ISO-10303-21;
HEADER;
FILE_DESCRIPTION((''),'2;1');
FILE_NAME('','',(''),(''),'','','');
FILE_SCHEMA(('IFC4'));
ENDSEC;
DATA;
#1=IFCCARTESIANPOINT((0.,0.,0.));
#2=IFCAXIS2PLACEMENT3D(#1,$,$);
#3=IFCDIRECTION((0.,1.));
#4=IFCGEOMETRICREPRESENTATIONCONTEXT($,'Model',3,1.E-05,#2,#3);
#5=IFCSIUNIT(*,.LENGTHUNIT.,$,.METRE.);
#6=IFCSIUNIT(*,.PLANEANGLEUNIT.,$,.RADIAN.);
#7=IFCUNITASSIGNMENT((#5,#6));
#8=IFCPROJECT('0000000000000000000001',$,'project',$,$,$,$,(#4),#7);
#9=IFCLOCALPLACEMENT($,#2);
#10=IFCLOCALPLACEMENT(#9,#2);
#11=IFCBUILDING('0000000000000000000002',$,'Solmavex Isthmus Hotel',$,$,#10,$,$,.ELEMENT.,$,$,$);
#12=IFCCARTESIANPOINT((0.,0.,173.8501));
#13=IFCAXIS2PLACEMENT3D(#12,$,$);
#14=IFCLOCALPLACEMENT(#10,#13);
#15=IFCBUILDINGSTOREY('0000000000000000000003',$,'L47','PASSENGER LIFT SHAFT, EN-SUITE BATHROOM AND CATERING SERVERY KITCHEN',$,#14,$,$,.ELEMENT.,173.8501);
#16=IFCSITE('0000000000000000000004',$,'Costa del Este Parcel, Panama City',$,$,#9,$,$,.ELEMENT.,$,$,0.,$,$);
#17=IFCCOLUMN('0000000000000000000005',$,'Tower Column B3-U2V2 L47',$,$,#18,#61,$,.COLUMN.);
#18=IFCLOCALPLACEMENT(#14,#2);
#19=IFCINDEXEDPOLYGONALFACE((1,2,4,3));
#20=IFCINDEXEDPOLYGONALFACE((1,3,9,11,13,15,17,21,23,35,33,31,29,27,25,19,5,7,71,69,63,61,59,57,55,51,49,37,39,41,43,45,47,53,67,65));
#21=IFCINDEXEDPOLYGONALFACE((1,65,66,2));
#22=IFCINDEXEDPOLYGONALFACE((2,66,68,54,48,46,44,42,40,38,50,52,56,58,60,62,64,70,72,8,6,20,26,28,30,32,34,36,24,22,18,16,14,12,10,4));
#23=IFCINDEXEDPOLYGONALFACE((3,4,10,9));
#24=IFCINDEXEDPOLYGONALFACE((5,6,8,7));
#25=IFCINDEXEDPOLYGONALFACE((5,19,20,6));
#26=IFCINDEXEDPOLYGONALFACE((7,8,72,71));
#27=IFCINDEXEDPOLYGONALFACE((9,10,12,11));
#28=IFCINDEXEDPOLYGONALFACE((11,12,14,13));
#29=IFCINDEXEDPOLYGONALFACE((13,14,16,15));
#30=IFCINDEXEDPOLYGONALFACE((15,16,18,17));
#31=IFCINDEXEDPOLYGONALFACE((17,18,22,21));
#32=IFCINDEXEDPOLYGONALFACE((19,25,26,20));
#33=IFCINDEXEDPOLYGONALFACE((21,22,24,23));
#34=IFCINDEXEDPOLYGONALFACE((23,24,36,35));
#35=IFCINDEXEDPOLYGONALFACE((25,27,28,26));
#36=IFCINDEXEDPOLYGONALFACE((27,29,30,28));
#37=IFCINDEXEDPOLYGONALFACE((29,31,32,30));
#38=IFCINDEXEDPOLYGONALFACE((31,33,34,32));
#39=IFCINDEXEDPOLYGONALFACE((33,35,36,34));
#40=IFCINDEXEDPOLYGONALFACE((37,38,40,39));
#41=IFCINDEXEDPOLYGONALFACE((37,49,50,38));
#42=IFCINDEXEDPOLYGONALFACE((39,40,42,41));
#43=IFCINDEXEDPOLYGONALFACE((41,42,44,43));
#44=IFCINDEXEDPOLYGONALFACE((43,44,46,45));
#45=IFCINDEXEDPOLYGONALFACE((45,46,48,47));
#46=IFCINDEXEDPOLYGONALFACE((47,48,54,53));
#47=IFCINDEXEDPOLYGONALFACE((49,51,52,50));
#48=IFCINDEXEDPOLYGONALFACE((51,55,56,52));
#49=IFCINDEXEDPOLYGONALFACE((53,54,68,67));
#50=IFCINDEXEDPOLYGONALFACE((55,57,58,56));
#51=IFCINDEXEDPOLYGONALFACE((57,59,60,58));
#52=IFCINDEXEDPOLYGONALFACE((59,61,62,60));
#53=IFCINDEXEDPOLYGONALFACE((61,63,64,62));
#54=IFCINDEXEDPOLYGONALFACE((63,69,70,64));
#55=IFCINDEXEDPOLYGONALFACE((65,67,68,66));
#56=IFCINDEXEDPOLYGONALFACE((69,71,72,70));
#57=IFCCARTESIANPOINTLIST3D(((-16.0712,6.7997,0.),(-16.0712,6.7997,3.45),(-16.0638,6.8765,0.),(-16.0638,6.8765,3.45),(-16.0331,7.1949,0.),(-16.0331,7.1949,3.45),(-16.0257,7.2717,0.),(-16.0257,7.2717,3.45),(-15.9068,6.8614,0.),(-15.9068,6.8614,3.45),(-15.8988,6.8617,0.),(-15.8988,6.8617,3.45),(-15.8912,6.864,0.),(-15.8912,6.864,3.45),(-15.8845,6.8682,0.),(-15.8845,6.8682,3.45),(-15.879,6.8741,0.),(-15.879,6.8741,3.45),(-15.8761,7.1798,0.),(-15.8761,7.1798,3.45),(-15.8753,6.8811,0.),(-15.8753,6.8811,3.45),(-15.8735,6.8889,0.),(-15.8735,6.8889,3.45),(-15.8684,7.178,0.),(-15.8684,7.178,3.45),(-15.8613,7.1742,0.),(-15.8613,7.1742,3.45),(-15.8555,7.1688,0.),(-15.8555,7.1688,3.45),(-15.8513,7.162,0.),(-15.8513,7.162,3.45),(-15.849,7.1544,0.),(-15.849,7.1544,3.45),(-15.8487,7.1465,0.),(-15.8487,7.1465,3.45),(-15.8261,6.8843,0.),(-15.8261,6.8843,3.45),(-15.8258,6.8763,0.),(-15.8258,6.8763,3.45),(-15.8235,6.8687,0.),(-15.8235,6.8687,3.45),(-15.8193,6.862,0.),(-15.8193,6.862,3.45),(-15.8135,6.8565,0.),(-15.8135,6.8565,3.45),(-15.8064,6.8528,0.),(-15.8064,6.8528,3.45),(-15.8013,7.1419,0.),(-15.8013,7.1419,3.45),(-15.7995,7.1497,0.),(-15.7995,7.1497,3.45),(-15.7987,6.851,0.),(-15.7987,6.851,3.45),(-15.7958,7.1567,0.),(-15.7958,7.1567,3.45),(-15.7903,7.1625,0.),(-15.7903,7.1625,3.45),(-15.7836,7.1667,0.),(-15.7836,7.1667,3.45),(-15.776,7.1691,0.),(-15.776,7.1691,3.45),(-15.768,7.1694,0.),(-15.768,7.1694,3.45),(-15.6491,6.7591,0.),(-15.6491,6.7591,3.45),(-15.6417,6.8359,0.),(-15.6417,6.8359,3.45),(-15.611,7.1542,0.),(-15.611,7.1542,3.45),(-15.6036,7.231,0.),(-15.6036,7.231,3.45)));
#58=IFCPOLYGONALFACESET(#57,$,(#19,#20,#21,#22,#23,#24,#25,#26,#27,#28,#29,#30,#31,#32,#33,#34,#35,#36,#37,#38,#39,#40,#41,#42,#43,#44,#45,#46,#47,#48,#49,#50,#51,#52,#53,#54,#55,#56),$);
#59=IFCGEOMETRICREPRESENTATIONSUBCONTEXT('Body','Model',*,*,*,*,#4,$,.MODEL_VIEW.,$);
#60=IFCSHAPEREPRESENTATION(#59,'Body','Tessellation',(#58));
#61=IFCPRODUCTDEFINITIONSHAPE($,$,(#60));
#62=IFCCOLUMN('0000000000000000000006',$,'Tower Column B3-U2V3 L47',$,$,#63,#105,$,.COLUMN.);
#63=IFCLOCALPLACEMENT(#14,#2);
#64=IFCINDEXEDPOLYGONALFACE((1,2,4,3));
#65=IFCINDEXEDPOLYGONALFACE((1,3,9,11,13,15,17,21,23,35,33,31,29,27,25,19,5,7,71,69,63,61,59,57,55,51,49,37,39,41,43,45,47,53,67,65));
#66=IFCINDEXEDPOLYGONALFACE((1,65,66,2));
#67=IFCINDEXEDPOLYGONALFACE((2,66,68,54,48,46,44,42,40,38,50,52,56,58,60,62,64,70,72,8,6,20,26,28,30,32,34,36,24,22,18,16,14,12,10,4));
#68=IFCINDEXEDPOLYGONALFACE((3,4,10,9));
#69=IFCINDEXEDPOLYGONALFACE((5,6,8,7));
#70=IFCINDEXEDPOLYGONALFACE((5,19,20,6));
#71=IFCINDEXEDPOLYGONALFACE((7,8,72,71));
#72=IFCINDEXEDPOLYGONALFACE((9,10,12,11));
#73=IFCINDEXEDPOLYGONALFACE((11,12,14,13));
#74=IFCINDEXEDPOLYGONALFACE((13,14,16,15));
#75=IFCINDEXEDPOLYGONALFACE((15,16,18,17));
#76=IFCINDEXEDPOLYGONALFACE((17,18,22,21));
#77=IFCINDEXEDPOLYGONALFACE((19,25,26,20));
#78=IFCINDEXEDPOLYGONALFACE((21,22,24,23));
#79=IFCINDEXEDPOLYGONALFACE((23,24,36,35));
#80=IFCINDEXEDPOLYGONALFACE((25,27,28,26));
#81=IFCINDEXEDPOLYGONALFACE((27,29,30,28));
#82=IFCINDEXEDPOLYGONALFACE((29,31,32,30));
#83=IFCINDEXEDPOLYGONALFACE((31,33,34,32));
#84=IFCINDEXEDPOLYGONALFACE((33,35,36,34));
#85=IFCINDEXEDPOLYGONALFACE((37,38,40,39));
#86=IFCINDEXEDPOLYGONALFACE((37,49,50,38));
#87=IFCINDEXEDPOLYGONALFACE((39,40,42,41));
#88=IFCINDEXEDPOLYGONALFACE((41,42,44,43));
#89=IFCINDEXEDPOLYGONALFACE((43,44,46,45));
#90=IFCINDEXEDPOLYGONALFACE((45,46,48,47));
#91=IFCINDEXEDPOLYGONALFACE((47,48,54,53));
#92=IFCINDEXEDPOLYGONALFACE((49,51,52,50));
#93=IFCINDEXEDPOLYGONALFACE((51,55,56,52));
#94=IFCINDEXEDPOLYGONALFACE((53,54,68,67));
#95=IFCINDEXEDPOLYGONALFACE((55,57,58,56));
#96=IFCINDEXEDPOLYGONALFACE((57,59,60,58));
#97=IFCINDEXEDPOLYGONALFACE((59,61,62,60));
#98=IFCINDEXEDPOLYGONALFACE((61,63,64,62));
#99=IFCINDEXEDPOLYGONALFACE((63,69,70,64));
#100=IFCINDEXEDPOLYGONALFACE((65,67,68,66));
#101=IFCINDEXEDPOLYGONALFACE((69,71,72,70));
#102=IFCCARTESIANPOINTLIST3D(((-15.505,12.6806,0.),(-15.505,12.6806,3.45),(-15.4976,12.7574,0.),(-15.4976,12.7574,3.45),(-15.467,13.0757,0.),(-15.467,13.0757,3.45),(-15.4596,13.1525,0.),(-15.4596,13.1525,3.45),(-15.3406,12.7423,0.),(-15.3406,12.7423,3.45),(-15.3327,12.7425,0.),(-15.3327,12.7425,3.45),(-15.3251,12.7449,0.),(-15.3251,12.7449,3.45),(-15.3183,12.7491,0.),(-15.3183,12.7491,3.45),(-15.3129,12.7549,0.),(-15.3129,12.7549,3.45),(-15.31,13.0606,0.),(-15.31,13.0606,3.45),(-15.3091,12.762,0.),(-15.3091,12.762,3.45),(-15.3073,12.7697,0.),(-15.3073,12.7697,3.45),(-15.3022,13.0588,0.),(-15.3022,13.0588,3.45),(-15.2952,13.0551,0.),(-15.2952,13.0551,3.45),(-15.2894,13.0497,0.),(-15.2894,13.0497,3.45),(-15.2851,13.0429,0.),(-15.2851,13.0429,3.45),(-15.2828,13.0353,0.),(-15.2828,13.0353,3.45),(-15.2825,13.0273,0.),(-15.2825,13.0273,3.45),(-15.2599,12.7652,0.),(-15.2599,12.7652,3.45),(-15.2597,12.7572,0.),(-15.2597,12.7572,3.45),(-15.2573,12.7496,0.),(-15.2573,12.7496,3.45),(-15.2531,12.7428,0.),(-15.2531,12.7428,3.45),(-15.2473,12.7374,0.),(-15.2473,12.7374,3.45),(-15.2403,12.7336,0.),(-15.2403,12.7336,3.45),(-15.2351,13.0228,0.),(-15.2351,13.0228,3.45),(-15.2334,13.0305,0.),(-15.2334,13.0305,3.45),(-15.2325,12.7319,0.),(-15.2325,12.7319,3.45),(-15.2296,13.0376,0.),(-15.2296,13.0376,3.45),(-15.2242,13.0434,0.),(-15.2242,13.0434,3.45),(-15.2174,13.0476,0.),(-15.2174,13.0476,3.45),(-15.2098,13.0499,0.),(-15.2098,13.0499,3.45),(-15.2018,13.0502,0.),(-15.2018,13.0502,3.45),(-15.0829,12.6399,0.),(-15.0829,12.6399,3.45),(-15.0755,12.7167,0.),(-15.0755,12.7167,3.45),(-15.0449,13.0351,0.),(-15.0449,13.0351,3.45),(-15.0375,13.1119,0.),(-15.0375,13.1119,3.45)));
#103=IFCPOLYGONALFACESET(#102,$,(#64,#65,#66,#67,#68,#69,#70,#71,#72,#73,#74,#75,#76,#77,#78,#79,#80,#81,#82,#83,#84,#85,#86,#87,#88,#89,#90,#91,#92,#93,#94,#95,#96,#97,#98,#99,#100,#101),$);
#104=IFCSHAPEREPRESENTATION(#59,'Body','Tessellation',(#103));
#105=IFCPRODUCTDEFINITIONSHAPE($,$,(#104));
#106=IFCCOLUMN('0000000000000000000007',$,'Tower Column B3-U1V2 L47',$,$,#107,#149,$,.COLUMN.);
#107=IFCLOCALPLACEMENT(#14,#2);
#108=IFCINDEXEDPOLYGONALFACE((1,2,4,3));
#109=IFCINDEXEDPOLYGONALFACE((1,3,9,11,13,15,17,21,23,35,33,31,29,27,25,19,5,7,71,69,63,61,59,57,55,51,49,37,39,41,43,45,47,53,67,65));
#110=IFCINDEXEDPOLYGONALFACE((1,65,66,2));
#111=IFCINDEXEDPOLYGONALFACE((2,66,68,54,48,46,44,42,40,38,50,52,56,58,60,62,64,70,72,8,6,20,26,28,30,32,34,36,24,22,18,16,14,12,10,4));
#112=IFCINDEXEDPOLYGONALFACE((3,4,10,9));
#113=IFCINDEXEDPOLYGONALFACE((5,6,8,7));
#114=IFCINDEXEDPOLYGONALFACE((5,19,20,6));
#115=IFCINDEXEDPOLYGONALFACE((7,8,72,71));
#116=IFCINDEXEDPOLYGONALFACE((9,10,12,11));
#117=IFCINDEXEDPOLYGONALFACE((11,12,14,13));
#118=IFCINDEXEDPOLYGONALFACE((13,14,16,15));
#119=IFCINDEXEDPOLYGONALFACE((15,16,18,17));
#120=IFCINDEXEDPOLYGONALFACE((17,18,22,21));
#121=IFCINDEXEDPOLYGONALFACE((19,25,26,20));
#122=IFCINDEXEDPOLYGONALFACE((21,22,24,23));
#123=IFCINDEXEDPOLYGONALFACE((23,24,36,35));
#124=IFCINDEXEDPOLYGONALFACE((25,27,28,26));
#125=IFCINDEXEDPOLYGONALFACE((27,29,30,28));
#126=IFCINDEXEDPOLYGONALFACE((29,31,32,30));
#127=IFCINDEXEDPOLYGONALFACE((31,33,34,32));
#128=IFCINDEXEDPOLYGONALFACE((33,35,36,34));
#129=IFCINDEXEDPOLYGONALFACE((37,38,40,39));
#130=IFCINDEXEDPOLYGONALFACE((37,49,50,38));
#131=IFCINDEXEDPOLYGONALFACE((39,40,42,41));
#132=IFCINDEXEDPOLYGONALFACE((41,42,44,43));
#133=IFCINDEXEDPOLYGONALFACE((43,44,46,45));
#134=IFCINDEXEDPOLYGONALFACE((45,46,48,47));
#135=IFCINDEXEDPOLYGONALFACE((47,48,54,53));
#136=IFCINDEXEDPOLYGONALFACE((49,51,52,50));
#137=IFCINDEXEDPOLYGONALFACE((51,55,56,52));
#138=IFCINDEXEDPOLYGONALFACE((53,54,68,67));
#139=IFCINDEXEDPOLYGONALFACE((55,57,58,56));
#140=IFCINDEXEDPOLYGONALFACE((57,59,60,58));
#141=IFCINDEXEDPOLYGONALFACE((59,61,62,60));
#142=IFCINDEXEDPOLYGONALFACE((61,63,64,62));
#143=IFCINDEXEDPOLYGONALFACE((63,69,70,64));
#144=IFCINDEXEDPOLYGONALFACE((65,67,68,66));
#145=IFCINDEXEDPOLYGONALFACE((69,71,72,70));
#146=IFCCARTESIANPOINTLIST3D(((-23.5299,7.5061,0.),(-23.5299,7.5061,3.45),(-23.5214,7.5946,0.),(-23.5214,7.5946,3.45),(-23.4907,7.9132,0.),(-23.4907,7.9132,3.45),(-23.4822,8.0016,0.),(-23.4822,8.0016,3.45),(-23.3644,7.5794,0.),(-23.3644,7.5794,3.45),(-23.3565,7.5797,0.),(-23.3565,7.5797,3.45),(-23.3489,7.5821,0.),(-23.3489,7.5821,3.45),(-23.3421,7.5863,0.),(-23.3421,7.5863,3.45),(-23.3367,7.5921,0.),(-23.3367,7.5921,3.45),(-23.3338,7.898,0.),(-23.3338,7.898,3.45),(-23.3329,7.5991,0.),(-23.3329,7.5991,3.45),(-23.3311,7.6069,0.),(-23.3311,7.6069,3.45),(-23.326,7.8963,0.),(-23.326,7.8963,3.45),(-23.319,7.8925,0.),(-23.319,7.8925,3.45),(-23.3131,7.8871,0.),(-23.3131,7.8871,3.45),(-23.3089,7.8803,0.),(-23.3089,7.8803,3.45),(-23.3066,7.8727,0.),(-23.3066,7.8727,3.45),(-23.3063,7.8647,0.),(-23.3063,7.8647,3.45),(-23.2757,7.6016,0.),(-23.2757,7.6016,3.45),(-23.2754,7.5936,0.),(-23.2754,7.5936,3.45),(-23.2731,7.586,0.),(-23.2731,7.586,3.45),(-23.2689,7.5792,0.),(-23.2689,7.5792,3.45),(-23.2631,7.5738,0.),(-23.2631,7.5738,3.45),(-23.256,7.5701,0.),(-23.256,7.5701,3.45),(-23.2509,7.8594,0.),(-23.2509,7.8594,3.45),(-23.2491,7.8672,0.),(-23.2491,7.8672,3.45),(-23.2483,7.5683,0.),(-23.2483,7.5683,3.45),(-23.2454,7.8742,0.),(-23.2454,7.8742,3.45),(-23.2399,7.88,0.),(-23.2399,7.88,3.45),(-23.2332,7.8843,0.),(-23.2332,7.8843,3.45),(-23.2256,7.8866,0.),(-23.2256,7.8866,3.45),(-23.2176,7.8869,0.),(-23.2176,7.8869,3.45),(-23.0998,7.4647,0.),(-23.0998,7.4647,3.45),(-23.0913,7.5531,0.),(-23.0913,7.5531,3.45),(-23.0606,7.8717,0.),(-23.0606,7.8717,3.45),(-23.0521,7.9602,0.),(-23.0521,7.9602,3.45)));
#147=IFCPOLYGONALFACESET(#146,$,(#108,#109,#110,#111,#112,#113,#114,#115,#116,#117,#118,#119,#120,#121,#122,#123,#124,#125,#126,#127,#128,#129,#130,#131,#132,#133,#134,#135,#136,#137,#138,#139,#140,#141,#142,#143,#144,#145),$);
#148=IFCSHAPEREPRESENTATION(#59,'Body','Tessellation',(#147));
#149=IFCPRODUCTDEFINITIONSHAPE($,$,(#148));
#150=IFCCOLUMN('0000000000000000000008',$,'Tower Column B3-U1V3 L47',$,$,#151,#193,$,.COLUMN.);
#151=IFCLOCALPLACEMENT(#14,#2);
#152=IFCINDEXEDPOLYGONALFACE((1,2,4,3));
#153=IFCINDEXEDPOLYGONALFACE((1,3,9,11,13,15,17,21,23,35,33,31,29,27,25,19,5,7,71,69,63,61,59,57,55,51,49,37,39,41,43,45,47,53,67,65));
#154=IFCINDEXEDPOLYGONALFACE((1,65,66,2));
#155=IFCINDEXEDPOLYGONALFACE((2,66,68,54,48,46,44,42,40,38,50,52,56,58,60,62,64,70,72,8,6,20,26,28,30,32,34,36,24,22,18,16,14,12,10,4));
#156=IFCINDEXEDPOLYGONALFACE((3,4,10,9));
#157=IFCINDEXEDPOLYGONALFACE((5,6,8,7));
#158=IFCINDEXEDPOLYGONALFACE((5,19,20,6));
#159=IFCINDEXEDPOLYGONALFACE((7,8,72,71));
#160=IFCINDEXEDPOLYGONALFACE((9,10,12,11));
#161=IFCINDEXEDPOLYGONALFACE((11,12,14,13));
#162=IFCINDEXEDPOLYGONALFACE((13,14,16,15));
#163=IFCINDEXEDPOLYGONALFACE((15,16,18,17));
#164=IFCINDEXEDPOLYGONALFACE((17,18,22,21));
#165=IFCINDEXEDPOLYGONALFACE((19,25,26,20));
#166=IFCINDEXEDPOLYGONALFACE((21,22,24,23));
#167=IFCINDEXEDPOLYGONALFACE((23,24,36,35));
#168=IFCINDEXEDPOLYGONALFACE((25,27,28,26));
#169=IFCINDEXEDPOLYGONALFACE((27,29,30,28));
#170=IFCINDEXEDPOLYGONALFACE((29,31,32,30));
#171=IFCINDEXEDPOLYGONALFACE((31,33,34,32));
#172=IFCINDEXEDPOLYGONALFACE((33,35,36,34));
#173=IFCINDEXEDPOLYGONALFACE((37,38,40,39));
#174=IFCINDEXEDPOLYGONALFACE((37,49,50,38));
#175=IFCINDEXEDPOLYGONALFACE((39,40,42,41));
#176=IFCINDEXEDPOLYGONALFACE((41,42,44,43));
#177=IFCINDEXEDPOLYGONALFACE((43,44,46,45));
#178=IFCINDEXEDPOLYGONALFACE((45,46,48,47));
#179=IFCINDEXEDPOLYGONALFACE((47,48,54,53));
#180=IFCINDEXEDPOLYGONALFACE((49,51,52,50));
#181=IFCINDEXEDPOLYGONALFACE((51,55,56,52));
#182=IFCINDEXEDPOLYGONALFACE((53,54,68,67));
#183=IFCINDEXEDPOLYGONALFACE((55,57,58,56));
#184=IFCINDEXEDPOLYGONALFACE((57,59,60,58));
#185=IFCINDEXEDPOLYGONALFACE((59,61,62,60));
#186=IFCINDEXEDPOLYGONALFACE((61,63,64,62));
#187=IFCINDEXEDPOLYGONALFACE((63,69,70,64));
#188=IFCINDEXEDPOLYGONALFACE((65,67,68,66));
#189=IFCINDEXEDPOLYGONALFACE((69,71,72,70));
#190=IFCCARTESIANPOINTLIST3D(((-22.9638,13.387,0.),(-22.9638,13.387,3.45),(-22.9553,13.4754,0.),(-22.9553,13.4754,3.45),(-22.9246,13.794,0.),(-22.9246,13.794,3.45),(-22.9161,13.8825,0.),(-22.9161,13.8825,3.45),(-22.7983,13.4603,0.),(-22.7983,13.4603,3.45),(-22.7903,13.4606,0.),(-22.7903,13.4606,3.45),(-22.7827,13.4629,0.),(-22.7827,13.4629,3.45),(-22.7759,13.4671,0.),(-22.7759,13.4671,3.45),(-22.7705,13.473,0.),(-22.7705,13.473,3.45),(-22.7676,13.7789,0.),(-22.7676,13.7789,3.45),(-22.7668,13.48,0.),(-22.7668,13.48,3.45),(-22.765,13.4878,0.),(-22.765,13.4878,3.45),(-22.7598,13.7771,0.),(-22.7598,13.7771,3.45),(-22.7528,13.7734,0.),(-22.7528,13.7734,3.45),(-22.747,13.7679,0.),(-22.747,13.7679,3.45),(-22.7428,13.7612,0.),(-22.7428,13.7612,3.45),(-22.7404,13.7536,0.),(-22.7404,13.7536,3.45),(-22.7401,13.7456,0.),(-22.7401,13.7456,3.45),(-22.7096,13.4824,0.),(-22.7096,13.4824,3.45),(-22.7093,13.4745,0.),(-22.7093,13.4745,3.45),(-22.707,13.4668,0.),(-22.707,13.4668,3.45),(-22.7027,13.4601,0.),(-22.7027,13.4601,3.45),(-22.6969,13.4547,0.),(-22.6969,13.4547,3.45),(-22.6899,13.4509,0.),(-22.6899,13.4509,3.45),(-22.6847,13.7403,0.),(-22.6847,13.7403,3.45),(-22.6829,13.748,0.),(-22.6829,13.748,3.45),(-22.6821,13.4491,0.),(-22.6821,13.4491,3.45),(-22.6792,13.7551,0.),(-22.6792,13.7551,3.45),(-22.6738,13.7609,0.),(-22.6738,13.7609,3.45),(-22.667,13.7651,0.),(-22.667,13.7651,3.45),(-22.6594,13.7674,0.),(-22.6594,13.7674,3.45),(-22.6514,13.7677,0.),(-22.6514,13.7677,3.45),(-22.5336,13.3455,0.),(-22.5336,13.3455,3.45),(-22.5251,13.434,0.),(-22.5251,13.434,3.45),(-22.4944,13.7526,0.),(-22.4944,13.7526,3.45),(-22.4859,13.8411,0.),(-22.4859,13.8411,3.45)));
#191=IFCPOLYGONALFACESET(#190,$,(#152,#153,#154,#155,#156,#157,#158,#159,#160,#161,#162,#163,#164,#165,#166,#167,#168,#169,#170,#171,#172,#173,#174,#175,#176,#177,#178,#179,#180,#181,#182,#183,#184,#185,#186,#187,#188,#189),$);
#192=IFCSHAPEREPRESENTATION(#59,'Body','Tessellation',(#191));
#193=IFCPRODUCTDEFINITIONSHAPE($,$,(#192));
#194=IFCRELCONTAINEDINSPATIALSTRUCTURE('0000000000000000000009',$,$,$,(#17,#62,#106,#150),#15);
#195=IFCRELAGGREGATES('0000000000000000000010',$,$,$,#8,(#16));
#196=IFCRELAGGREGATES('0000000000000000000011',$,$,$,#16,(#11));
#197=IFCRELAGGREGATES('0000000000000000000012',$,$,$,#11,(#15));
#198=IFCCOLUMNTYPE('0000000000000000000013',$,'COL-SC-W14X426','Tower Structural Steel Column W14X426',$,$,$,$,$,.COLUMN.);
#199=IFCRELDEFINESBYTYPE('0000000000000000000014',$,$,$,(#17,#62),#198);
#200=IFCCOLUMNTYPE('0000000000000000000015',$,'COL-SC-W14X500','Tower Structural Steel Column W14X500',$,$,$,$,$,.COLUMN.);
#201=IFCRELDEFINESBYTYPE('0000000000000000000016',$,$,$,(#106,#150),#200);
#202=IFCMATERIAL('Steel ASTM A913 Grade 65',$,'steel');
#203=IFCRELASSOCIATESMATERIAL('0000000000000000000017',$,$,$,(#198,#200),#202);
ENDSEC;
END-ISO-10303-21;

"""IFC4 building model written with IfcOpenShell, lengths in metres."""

from ifc_helpers import new_model, si_unit, direction, frame, origin, origin_2d, place, context, subcontext, project, spatial, i_section, extrude, material, material_profile, profile_set, type_object, element, save


model = new_model("IFC4")

# Units and contexts
model_context = context("Model", 3, precision=1e-05, world=origin(), true_north=direction((0.0, 1.0)))
body_context = subcontext(model_context, "Body", "Model", "MODEL_VIEW")
ifc_project = project(units=[si_unit("LENGTHUNIT", "METRE"), si_unit("PLANEANGLEUNIT", "RADIAN")], contexts=[model_context])

# Site, building, storey
site_placement = place(None, origin())
site = spatial("IfcSite", under=ifc_project, at=site_placement, Name="Costa del Este Parcel, Panama City", CompositionType="ELEMENT", RefElevation=0.0)
building_placement = place(site_placement, origin())
building = spatial("IfcBuilding", under=site, at=building_placement, Name="Solmavex Isthmus Hotel", CompositionType="ELEMENT")
storey_placement = place(building_placement, frame((0.0, 0.0, 173.8501)))
storey = spatial("IfcBuildingStorey", under=building, at=storey_placement, Name="L47", Description="PASSENGER LIFT SHAFT, EN-SUITE BATHROOM AND CATERING SERVERY KITCHEN", CompositionType="ELEMENT", Elevation=173.8501)

# Columns
ifc_material_1 = material(Name="Steel ASTM A913 Grade 65", Category="steel")
ifc_material_profile_1 = material_profile(ifc_material_1, i_section(OverallWidth=0.4241, OverallDepth=0.4741, WebThickness=0.0476, FlangeThickness=0.0771, FilletRadius=0.0305, at=origin_2d()), Name="W14X426")
ifc_profile_set_1 = profile_set([ifc_material_profile_1], Name="Steel ASTM A913 Grade 65")
column_type_1 = type_object("IfcColumnType", Name="COL-SC-W14X426", Description="Tower Structural Steel Column W14X426", PredefinedType="COLUMN", material=ifc_profile_set_1)
for number, where, z_axis, x_axis, name in (
    (1, (-15.8374, 7.0154, 0.0), (0.0, 0.0, 1.0), (0.995396, -0.095846, 0.0), "Tower Column B3-U2V2 L47"),
    (2, (-15.2712, 12.8962, 0.0), (0.0, 0.0, 1.0), (0.995396, -0.095846, 0.0), "Tower Column B3-U2V3 L47"),
):
    element("IfcColumn", number, at=place(storey_placement, frame(where, z_axis=z_axis, x_axis=x_axis)), inside=storey, type_object=column_type_1, Name=name, PredefinedType="COLUMN", context=body_context, shape_type="SweptSolid", body=[
        extrude(i_section(OverallWidth=0.4241, OverallDepth=0.4741, WebThickness=0.0476, FlangeThickness=0.0771, FilletRadius=0.0305, at=origin_2d()), origin(), (0.0, 0.0, 1.0), 3.45),
    ])
ifc_material_profile_2 = material_profile(ifc_material_1, i_section(OverallWidth=0.4321, OverallDepth=0.4978, WebThickness=0.0557, FlangeThickness=0.0889, FilletRadius=0.0305, at=origin_2d()), Name="W14X500")
ifc_profile_set_2 = profile_set([ifc_material_profile_2], Name="Steel ASTM A913 Grade 65")
column_type_2 = type_object("IfcColumnType", Name="COL-SC-W14X500", Description="Tower Structural Steel Column W14X500", PredefinedType="COLUMN", material=ifc_profile_set_2)
for number, where, z_axis, x_axis, name in (
    (3, (-23.291, 7.7332, 0.0), (0.0, 0.0, 1.0), (0.995396, -0.095846, 0.0), "Tower Column B3-U1V2 L47"),
    (4, (-22.7249, 13.614, 0.0), (0.0, 0.0, 1.0), (0.995396, -0.095846, 0.0), "Tower Column B3-U1V3 L47"),
):
    element("IfcColumn", number, at=place(storey_placement, frame(where, z_axis=z_axis, x_axis=x_axis)), inside=storey, type_object=column_type_2, Name=name, PredefinedType="COLUMN", context=body_context, shape_type="SweptSolid", body=[
        extrude(i_section(OverallWidth=0.4321, OverallDepth=0.4978, WebThickness=0.0557, FlangeThickness=0.0889, FilletRadius=0.0305, at=origin_2d()), origin(), (0.0, 0.0, 1.0), 3.45),
    ])

save(model, "model.ifc")
